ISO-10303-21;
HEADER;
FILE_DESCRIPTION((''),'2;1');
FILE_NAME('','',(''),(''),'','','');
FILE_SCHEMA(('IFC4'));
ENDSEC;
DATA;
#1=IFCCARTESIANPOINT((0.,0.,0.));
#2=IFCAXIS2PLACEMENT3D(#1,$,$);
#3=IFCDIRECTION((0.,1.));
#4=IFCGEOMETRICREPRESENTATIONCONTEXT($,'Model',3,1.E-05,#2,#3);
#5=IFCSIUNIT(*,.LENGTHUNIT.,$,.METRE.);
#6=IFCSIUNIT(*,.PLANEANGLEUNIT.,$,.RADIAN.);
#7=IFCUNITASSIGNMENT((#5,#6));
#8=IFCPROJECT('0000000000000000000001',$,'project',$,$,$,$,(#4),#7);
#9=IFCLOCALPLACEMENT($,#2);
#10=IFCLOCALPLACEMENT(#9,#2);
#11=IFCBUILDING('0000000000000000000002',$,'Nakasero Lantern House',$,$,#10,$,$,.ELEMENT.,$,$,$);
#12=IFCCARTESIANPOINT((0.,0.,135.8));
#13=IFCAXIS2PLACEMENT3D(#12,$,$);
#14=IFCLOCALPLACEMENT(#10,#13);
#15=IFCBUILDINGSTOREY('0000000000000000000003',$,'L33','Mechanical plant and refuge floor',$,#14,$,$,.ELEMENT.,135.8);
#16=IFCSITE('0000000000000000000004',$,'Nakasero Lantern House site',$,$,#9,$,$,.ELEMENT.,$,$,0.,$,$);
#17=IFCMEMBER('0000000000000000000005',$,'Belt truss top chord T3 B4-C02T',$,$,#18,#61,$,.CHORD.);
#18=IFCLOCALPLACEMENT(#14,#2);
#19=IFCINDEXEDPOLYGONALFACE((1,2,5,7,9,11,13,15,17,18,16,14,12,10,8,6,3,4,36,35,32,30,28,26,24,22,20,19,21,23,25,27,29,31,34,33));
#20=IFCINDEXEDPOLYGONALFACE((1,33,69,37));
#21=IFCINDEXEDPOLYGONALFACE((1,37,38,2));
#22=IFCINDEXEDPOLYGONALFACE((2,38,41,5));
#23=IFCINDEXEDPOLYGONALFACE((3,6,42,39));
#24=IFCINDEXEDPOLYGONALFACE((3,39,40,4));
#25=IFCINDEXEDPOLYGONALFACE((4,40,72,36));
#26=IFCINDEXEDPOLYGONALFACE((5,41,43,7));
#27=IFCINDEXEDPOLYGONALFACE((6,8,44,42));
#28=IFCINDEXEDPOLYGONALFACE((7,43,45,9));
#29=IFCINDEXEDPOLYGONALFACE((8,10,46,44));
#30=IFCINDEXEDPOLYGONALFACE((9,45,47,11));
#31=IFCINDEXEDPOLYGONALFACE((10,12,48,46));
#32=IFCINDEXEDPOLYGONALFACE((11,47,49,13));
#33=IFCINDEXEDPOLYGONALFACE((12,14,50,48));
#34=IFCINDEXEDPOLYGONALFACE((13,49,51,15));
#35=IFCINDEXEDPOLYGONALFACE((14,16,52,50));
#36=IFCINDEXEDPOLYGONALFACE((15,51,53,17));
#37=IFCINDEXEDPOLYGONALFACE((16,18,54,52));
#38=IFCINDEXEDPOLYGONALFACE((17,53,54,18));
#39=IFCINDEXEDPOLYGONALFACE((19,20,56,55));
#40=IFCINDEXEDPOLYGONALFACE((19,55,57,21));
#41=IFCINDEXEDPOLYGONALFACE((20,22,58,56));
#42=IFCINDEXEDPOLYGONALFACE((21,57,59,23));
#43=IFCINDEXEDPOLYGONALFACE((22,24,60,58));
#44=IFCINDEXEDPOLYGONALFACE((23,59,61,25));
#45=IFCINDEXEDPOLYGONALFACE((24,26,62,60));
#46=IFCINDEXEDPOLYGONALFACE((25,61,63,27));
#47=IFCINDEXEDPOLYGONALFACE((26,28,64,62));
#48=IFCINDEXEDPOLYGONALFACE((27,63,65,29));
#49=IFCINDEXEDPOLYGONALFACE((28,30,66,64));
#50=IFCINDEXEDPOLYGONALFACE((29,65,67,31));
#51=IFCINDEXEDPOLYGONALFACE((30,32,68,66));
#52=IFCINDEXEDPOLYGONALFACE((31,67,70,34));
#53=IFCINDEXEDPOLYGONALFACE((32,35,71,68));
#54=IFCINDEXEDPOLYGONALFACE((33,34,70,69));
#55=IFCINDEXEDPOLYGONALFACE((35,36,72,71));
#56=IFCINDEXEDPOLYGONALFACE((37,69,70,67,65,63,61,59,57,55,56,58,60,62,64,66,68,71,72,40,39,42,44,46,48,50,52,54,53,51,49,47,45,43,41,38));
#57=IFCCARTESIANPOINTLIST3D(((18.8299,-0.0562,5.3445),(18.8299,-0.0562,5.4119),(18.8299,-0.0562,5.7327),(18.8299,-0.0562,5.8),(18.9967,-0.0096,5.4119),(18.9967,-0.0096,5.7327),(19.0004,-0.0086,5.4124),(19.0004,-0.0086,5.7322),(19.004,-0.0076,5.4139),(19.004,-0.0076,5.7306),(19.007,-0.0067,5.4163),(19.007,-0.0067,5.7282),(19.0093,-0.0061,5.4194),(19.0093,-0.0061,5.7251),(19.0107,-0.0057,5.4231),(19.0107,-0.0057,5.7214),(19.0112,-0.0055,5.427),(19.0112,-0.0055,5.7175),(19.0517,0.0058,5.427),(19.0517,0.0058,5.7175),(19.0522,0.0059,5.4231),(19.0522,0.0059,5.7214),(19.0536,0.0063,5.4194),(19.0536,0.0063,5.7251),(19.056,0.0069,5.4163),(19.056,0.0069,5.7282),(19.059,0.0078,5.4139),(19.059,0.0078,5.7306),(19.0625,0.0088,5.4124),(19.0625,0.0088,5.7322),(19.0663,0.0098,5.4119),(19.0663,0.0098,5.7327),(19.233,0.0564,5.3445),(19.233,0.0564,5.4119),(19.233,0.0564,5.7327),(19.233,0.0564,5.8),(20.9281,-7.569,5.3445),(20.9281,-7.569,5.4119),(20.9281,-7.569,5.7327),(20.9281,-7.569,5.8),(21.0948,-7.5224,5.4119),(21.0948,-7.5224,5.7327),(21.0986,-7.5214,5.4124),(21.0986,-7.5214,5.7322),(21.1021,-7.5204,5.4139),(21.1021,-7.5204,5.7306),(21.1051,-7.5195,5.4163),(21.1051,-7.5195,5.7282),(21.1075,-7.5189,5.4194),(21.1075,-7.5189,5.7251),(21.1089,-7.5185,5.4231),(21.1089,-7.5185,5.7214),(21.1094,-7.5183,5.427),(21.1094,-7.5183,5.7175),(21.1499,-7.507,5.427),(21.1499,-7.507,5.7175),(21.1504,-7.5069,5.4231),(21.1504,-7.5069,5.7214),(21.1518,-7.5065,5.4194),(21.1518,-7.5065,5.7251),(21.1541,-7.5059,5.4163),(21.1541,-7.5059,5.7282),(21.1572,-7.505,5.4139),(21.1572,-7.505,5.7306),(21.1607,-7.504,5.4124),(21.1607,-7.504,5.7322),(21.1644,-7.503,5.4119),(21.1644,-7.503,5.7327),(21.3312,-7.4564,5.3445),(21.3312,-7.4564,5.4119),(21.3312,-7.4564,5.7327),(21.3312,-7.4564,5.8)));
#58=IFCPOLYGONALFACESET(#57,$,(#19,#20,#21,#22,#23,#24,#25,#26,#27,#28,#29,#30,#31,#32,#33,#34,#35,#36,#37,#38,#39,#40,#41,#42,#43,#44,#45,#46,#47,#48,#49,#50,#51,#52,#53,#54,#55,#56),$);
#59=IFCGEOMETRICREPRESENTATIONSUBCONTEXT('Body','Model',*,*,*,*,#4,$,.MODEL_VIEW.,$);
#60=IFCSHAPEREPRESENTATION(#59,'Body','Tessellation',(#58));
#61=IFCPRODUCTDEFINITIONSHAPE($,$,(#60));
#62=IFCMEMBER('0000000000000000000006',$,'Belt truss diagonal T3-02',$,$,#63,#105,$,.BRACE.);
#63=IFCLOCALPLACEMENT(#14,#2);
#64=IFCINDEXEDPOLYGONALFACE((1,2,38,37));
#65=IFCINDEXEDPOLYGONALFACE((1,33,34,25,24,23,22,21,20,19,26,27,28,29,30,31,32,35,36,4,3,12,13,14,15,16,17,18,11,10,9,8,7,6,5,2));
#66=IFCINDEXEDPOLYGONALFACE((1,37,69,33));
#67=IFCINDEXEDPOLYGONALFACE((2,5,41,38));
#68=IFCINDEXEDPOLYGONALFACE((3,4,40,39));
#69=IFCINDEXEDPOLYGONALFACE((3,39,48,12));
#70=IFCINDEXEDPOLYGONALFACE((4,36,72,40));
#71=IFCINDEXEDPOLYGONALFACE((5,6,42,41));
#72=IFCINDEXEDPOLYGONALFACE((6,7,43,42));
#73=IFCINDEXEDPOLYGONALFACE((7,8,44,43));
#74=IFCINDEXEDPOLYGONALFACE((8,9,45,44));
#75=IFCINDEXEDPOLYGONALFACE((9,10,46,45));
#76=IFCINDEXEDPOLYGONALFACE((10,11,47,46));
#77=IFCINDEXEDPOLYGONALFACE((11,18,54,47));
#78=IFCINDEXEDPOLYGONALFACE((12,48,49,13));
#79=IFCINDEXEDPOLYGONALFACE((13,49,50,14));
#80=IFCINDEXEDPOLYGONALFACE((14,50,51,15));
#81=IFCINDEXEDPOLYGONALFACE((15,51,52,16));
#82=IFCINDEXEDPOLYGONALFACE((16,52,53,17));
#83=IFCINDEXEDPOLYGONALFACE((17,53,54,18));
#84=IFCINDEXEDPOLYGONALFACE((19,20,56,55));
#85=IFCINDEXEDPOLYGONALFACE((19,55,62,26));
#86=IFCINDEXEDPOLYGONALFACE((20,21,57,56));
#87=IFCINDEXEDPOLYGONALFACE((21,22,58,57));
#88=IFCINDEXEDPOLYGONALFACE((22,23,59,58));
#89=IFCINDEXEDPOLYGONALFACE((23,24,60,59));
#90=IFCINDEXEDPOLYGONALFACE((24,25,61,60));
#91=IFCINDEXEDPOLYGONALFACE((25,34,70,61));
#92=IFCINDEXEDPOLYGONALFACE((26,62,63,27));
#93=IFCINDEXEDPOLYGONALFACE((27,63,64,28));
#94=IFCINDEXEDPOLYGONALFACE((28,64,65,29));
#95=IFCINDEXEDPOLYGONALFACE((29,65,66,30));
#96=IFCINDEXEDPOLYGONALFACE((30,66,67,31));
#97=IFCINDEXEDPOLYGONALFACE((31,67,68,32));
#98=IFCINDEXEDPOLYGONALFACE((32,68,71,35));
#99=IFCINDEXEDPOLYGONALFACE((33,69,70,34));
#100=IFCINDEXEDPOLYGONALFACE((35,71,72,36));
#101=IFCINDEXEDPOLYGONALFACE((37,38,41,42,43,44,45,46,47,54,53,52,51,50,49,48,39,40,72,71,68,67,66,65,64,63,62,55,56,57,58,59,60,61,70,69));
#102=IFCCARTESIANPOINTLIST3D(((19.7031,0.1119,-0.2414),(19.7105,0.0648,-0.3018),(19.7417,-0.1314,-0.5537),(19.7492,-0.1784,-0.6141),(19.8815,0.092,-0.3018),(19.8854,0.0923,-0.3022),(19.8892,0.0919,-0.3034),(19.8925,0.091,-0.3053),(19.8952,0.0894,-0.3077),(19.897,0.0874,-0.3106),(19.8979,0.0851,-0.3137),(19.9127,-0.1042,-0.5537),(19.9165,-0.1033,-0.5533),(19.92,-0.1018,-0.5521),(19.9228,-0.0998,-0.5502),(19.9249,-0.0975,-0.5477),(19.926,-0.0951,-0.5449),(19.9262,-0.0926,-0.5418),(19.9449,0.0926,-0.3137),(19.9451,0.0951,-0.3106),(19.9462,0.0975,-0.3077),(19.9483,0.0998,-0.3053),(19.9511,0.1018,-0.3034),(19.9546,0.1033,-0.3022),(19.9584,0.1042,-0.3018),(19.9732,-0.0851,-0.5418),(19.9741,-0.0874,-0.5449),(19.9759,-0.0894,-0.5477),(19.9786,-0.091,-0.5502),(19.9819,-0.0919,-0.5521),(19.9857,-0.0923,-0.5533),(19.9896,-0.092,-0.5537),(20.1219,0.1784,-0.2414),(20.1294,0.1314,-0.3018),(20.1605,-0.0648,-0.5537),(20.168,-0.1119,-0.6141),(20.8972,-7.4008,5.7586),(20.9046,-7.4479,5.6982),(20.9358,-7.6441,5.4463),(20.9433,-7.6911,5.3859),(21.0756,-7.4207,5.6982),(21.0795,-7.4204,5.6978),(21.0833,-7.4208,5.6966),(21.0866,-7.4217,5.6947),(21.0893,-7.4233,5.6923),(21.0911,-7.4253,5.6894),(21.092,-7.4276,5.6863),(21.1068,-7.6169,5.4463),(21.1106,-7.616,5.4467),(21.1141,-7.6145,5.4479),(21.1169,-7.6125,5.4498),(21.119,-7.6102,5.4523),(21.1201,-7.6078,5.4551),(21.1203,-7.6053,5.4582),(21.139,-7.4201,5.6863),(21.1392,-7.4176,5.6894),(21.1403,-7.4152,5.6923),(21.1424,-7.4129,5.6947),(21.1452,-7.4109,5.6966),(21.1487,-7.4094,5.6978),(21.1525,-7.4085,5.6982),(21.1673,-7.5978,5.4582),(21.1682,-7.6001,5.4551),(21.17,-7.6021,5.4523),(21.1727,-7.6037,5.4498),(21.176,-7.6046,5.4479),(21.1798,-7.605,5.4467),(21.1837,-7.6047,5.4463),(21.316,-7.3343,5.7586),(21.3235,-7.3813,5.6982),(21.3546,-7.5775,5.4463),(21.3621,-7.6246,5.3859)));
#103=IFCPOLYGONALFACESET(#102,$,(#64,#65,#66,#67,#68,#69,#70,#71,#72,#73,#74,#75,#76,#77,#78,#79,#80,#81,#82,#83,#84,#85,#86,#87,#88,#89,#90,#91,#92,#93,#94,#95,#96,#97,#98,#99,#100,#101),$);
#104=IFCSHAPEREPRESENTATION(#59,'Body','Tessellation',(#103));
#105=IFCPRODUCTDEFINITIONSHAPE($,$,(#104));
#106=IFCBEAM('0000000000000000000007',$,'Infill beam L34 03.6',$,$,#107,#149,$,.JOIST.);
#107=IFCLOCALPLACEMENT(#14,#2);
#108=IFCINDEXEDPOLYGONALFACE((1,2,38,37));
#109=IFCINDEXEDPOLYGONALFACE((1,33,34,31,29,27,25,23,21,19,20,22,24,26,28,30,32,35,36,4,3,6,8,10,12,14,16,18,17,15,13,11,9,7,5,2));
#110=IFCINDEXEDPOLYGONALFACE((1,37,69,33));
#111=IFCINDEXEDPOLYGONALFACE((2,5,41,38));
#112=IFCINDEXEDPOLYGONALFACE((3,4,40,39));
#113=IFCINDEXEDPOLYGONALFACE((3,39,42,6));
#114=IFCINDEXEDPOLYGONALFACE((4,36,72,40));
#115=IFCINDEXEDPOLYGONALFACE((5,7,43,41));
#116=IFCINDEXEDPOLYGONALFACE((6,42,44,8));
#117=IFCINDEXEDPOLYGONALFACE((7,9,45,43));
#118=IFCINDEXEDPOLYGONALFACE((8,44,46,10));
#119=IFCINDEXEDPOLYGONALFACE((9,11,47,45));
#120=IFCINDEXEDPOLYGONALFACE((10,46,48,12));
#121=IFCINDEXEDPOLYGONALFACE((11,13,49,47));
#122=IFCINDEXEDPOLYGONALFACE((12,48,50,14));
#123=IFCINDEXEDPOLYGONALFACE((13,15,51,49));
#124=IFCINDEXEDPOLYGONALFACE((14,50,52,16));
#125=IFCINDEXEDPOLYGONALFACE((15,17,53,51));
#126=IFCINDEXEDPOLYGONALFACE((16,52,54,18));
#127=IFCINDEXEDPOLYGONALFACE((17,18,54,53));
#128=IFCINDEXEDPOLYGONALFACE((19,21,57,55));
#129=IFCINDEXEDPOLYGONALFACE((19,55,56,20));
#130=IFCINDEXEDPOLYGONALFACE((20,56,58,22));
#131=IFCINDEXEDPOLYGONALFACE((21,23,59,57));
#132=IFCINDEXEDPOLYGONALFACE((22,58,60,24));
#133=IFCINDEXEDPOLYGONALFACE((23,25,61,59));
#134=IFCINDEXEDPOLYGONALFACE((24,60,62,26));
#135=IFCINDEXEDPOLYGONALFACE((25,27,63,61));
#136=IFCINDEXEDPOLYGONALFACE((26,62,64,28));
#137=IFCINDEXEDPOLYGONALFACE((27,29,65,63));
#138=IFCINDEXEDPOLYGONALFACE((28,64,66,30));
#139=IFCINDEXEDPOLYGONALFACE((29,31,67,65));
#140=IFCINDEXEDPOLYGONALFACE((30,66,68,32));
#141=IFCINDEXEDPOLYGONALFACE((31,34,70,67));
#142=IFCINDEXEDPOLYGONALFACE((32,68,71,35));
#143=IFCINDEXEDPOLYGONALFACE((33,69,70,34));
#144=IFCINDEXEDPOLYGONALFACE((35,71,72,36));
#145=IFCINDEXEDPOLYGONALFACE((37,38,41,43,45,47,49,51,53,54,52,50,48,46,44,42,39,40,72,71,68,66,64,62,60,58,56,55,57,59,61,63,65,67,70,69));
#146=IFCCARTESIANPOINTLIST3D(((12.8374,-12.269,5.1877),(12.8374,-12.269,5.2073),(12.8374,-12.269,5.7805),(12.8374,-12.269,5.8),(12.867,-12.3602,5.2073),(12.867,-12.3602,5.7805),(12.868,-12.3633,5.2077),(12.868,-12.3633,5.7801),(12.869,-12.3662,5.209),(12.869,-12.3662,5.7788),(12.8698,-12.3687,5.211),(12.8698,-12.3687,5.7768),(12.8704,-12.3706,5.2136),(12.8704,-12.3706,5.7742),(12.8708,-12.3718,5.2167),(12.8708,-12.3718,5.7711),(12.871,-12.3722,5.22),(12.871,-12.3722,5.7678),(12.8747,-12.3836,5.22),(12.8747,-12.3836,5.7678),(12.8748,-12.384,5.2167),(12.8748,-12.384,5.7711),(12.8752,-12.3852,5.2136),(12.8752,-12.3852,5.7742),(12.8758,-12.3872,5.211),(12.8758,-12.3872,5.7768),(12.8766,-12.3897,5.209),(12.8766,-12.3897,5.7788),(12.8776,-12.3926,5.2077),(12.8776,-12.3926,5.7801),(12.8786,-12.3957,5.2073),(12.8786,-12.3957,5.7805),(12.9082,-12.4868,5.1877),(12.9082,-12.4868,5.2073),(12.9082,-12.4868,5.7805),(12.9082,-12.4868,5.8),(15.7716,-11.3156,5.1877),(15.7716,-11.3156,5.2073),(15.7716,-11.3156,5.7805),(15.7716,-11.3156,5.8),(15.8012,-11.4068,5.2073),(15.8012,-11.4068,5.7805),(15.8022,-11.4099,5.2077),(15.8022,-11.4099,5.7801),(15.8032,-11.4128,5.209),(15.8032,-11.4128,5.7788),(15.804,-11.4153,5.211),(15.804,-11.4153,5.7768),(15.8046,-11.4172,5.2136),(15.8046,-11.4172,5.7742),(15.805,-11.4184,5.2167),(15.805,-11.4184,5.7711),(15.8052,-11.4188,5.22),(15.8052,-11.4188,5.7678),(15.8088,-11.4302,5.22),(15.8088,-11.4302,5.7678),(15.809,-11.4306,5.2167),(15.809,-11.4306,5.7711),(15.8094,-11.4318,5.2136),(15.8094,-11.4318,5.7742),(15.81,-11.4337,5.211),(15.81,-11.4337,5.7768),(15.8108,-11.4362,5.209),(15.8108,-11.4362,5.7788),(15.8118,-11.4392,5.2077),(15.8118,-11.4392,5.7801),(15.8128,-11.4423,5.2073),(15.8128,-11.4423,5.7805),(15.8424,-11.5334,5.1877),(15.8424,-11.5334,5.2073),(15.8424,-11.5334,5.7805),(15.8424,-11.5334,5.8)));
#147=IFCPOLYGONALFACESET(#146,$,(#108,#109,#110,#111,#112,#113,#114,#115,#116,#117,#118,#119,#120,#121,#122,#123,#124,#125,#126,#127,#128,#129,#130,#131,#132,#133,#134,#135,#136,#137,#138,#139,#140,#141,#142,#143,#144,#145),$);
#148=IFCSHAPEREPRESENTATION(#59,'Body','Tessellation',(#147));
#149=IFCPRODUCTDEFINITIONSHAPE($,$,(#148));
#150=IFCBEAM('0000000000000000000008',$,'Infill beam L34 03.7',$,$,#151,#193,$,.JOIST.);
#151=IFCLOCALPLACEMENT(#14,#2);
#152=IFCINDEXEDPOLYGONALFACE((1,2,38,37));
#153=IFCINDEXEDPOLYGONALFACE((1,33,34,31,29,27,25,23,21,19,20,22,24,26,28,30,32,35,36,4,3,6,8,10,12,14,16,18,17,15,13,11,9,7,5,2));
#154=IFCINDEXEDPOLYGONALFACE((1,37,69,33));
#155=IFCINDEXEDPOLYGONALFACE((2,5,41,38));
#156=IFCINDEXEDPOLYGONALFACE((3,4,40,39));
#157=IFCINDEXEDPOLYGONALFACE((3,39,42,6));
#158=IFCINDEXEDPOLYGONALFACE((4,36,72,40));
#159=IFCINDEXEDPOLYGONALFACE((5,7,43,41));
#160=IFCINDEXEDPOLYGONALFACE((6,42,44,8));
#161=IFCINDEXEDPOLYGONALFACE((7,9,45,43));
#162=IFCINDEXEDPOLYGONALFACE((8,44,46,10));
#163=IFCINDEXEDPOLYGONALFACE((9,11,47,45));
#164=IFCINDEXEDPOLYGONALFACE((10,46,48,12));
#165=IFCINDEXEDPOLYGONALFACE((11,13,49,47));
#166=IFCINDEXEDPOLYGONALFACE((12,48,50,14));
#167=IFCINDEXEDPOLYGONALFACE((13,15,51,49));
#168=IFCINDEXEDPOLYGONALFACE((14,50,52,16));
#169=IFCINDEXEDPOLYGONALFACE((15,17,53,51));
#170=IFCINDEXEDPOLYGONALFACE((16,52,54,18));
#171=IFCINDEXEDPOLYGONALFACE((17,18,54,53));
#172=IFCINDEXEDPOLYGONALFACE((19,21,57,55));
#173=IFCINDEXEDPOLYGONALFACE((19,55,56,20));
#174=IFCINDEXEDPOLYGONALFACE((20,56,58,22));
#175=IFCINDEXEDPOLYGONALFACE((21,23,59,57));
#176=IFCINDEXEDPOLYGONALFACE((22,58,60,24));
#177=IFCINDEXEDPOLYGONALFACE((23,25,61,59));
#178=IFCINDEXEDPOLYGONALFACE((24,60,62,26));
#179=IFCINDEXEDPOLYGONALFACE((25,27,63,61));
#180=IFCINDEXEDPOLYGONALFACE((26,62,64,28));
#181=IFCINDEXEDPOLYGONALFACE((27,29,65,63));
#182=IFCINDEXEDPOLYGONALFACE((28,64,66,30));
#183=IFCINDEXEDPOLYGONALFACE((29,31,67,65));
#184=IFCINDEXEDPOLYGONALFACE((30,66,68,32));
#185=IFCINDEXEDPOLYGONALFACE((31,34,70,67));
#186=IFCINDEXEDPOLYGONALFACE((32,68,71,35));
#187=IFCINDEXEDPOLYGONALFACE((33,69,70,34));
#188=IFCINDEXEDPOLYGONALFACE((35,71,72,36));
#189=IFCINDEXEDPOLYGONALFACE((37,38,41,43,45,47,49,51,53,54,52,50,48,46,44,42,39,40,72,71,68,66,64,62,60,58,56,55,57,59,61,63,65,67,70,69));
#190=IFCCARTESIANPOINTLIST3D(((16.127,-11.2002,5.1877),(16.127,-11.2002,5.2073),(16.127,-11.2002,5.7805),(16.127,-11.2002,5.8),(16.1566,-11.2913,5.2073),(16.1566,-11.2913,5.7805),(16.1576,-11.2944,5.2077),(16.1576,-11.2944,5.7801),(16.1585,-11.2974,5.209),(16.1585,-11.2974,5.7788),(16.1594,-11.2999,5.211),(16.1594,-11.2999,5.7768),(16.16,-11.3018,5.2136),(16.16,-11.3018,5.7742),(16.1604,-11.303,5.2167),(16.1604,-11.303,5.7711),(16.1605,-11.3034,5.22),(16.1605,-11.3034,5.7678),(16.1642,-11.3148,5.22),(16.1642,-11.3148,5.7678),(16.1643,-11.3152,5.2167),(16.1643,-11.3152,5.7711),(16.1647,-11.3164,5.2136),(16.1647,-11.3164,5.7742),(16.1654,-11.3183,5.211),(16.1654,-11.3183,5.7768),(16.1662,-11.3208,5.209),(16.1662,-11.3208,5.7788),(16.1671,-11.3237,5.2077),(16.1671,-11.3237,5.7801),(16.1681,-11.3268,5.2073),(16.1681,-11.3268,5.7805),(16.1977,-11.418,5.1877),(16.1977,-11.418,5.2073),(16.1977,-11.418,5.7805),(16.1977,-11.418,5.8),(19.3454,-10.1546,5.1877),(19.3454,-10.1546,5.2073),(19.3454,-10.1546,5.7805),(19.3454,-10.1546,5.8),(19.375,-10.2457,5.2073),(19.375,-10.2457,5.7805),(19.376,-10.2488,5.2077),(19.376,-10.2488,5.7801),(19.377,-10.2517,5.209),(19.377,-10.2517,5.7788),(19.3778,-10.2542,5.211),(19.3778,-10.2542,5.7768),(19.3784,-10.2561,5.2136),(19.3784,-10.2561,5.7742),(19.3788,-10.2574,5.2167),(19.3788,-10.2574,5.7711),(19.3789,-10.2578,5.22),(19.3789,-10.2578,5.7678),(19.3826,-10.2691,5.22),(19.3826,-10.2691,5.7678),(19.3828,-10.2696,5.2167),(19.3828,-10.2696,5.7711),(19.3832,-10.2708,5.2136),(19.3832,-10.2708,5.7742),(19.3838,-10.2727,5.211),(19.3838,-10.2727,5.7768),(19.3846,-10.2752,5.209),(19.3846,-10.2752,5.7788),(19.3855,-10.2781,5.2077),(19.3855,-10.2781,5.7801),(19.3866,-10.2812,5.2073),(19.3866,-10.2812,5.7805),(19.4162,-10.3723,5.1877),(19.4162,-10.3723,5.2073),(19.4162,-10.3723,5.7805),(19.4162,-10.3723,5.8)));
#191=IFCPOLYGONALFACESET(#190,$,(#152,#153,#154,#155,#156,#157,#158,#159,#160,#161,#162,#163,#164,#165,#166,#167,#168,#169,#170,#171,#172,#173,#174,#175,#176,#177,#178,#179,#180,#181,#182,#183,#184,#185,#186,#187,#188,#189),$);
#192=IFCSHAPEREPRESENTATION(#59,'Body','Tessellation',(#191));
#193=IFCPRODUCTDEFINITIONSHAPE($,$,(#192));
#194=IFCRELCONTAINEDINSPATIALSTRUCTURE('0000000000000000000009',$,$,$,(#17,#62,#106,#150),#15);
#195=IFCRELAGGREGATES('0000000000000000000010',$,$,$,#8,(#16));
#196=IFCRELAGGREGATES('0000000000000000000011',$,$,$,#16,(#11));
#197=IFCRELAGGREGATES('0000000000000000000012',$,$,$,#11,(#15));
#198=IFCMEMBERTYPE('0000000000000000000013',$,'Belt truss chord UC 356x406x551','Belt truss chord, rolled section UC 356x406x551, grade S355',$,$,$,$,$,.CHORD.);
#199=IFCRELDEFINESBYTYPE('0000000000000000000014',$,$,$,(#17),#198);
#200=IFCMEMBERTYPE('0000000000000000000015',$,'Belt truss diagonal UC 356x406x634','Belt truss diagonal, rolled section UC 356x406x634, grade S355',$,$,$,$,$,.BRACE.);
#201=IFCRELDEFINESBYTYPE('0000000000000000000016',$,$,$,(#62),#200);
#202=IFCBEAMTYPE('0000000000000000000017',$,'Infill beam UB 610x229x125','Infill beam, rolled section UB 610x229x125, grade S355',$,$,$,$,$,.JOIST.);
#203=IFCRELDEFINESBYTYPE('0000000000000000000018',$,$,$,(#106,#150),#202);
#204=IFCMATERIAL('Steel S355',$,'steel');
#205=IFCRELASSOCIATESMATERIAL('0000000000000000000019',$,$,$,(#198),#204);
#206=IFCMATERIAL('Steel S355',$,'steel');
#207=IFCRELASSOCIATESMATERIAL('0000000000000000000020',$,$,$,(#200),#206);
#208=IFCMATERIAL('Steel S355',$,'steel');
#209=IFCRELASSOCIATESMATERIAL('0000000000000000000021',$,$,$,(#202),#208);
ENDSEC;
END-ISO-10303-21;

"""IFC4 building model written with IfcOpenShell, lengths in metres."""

from ifc_helpers import new_model, si_unit, direction, frame, origin, origin_2d, place, context, subcontext, project, spatial, i_section, extrude, material, material_profile, profile_set, type_object, element, save


model = new_model("IFC4")

# Units and contexts
model_context = context("Model", 3, precision=1e-05, world=origin(), true_north=direction((0.0, 1.0)))
body_context = subcontext(model_context, "Body", "Model", "MODEL_VIEW")
ifc_project = project(units=[si_unit("LENGTHUNIT", "METRE"), si_unit("PLANEANGLEUNIT", "RADIAN")], contexts=[model_context])

# Site, building, storey
site_placement = place(None, origin())
site = spatial("IfcSite", under=ifc_project, at=site_placement, Name="Nakasero Lantern House site", CompositionType="ELEMENT", RefElevation=0.0)
building_placement = place(site_placement, origin())
building = spatial("IfcBuilding", under=site, at=building_placement, Name="Nakasero Lantern House", CompositionType="ELEMENT")
storey_placement = place(building_placement, frame((0.0, 0.0, 135.8)))
storey = spatial("IfcBuildingStorey", under=building, at=storey_placement, Name="L33", Description="Mechanical plant and refuge floor", CompositionType="ELEMENT", Elevation=135.8)

# Members
ifc_material_1 = material(Name="Steel S355", Category="steel")
ifc_material_profile_1 = material_profile(ifc_material_1, i_section(OverallWidth=0.4185, OverallDepth=0.4556, WebThickness=0.042, FlangeThickness=0.0674, FilletRadius=0.0151, at=origin_2d()), Name="UC 356x406x551")
ifc_profile_set_1 = profile_set([ifc_material_profile_1], Name="Steel S355")
member_type_1 = type_object("IfcMemberType", Name="Belt truss chord UC 356x406x551", Description="Belt truss chord, rolled section UC 356x406x551, grade S355", PredefinedType="CHORD", material=ifc_profile_set_1)
member_1_placement = place(storey_placement, frame((21.1296, -7.5127, 5.5723), z_axis=(-0.268987, 0.963144, 0.0), x_axis=(-0.963144, -0.268987, 0.0)))
element("IfcMember", 1, at=member_1_placement, inside=storey, type_object=member_type_1, Name="Belt truss top chord T3 B4-C02T", PredefinedType="CHORD", context=body_context, shape_type="SweptSolid", body=[
    extrude(i_section(OverallWidth=0.4185, OverallDepth=0.4556, WebThickness=0.042, FlangeThickness=0.0674, FilletRadius=0.0151, at=origin_2d()), origin(), (0.0, 0.0, 1.0), 7.8003),
])
ifc_material_2 = material(Name="Steel S355", Category="steel")
ifc_material_profile_2 = material_profile(ifc_material_2, i_section(OverallWidth=0.4241, OverallDepth=0.4746, WebThickness=0.0476, FlangeThickness=0.0769, FilletRadius=0.0151, at=origin_2d()), Name="UC 356x406x634")
ifc_profile_set_2 = profile_set([ifc_material_profile_2], Name="Steel S355")
member_type_2 = type_object("IfcMemberType", Name="Belt truss diagonal UC 356x406x634", Description="Belt truss diagonal, rolled section UC 356x406x634, grade S355", PredefinedType="BRACE", material=ifc_profile_set_2)
member_2_placement = place(storey_placement, frame((21.1296, -7.5127, 5.5723), z_axis=(-0.123249, 0.775426, -0.619293), x_axis=(-0.987603, -0.156973, 0.0)))
element("IfcMember", 2, at=member_2_placement, inside=storey, type_object=member_type_2, Name="Belt truss diagonal T3-02", PredefinedType="BRACE", context=body_context, shape_type="SweptSolid", body=[
    extrude(i_section(OverallWidth=0.4241, OverallDepth=0.4746, WebThickness=0.0476, FlangeThickness=0.0769, FilletRadius=0.0151, at=origin_2d()), origin(), (0.0, 0.0, 1.0), 9.6885),
])

# Beams
ifc_material_3 = material(Name="Steel S355", Category="steel")
ifc_material_profile_3 = material_profile(ifc_material_3, i_section(OverallWidth=0.229, OverallDepth=0.6123, WebThickness=0.012, FlangeThickness=0.0195, FilletRadius=0.0127, at=origin_2d()), Name="UB 610x229x125")
ifc_profile_set_3 = profile_set([ifc_material_profile_3], Name="Steel S355")
beam_type_1 = type_object("IfcBeamType", Name="Infill beam UB 610x229x125", Description="Infill beam, rolled section UB 610x229x125, grade S355", PredefinedType="JOIST", material=ifc_profile_set_3)
beam_1_placement = place(storey_placement, frame((12.8728, -12.3779, 5.4939), z_axis=(0.951054, 0.309025, 0.0), x_axis=(-0.309025, 0.951054, 0.0)))
element("IfcBeam", 3, at=beam_1_placement, inside=storey, type_object=beam_type_1, Name="Infill beam L34 03.6", PredefinedType="JOIST", context=body_context, shape_type="SweptSolid", body=[
    extrude(i_section(OverallWidth=0.229, OverallDepth=0.6123, WebThickness=0.012, FlangeThickness=0.0195, FilletRadius=0.0127, at=origin_2d()), origin(), (0.0, 0.0, 1.0), 3.0852),
])
beam_2_placement = place(storey_placement, frame((16.1624, -11.3091, 5.4939), z_axis=(0.951065, 0.30899, 0.0), x_axis=(-0.30899, 0.951065, 0.0)))
element("IfcBeam", 4, at=beam_2_placement, inside=storey, type_object=beam_type_1, Name="Infill beam L34 03.7", PredefinedType="JOIST", context=body_context, shape_type="SweptSolid", body=[
    extrude(i_section(OverallWidth=0.229, OverallDepth=0.6123, WebThickness=0.012, FlangeThickness=0.0195, FilletRadius=0.0127, at=origin_2d()), origin(), (0.0, 0.0, 1.0), 3.384),
])

save(model, "model.ifc")
